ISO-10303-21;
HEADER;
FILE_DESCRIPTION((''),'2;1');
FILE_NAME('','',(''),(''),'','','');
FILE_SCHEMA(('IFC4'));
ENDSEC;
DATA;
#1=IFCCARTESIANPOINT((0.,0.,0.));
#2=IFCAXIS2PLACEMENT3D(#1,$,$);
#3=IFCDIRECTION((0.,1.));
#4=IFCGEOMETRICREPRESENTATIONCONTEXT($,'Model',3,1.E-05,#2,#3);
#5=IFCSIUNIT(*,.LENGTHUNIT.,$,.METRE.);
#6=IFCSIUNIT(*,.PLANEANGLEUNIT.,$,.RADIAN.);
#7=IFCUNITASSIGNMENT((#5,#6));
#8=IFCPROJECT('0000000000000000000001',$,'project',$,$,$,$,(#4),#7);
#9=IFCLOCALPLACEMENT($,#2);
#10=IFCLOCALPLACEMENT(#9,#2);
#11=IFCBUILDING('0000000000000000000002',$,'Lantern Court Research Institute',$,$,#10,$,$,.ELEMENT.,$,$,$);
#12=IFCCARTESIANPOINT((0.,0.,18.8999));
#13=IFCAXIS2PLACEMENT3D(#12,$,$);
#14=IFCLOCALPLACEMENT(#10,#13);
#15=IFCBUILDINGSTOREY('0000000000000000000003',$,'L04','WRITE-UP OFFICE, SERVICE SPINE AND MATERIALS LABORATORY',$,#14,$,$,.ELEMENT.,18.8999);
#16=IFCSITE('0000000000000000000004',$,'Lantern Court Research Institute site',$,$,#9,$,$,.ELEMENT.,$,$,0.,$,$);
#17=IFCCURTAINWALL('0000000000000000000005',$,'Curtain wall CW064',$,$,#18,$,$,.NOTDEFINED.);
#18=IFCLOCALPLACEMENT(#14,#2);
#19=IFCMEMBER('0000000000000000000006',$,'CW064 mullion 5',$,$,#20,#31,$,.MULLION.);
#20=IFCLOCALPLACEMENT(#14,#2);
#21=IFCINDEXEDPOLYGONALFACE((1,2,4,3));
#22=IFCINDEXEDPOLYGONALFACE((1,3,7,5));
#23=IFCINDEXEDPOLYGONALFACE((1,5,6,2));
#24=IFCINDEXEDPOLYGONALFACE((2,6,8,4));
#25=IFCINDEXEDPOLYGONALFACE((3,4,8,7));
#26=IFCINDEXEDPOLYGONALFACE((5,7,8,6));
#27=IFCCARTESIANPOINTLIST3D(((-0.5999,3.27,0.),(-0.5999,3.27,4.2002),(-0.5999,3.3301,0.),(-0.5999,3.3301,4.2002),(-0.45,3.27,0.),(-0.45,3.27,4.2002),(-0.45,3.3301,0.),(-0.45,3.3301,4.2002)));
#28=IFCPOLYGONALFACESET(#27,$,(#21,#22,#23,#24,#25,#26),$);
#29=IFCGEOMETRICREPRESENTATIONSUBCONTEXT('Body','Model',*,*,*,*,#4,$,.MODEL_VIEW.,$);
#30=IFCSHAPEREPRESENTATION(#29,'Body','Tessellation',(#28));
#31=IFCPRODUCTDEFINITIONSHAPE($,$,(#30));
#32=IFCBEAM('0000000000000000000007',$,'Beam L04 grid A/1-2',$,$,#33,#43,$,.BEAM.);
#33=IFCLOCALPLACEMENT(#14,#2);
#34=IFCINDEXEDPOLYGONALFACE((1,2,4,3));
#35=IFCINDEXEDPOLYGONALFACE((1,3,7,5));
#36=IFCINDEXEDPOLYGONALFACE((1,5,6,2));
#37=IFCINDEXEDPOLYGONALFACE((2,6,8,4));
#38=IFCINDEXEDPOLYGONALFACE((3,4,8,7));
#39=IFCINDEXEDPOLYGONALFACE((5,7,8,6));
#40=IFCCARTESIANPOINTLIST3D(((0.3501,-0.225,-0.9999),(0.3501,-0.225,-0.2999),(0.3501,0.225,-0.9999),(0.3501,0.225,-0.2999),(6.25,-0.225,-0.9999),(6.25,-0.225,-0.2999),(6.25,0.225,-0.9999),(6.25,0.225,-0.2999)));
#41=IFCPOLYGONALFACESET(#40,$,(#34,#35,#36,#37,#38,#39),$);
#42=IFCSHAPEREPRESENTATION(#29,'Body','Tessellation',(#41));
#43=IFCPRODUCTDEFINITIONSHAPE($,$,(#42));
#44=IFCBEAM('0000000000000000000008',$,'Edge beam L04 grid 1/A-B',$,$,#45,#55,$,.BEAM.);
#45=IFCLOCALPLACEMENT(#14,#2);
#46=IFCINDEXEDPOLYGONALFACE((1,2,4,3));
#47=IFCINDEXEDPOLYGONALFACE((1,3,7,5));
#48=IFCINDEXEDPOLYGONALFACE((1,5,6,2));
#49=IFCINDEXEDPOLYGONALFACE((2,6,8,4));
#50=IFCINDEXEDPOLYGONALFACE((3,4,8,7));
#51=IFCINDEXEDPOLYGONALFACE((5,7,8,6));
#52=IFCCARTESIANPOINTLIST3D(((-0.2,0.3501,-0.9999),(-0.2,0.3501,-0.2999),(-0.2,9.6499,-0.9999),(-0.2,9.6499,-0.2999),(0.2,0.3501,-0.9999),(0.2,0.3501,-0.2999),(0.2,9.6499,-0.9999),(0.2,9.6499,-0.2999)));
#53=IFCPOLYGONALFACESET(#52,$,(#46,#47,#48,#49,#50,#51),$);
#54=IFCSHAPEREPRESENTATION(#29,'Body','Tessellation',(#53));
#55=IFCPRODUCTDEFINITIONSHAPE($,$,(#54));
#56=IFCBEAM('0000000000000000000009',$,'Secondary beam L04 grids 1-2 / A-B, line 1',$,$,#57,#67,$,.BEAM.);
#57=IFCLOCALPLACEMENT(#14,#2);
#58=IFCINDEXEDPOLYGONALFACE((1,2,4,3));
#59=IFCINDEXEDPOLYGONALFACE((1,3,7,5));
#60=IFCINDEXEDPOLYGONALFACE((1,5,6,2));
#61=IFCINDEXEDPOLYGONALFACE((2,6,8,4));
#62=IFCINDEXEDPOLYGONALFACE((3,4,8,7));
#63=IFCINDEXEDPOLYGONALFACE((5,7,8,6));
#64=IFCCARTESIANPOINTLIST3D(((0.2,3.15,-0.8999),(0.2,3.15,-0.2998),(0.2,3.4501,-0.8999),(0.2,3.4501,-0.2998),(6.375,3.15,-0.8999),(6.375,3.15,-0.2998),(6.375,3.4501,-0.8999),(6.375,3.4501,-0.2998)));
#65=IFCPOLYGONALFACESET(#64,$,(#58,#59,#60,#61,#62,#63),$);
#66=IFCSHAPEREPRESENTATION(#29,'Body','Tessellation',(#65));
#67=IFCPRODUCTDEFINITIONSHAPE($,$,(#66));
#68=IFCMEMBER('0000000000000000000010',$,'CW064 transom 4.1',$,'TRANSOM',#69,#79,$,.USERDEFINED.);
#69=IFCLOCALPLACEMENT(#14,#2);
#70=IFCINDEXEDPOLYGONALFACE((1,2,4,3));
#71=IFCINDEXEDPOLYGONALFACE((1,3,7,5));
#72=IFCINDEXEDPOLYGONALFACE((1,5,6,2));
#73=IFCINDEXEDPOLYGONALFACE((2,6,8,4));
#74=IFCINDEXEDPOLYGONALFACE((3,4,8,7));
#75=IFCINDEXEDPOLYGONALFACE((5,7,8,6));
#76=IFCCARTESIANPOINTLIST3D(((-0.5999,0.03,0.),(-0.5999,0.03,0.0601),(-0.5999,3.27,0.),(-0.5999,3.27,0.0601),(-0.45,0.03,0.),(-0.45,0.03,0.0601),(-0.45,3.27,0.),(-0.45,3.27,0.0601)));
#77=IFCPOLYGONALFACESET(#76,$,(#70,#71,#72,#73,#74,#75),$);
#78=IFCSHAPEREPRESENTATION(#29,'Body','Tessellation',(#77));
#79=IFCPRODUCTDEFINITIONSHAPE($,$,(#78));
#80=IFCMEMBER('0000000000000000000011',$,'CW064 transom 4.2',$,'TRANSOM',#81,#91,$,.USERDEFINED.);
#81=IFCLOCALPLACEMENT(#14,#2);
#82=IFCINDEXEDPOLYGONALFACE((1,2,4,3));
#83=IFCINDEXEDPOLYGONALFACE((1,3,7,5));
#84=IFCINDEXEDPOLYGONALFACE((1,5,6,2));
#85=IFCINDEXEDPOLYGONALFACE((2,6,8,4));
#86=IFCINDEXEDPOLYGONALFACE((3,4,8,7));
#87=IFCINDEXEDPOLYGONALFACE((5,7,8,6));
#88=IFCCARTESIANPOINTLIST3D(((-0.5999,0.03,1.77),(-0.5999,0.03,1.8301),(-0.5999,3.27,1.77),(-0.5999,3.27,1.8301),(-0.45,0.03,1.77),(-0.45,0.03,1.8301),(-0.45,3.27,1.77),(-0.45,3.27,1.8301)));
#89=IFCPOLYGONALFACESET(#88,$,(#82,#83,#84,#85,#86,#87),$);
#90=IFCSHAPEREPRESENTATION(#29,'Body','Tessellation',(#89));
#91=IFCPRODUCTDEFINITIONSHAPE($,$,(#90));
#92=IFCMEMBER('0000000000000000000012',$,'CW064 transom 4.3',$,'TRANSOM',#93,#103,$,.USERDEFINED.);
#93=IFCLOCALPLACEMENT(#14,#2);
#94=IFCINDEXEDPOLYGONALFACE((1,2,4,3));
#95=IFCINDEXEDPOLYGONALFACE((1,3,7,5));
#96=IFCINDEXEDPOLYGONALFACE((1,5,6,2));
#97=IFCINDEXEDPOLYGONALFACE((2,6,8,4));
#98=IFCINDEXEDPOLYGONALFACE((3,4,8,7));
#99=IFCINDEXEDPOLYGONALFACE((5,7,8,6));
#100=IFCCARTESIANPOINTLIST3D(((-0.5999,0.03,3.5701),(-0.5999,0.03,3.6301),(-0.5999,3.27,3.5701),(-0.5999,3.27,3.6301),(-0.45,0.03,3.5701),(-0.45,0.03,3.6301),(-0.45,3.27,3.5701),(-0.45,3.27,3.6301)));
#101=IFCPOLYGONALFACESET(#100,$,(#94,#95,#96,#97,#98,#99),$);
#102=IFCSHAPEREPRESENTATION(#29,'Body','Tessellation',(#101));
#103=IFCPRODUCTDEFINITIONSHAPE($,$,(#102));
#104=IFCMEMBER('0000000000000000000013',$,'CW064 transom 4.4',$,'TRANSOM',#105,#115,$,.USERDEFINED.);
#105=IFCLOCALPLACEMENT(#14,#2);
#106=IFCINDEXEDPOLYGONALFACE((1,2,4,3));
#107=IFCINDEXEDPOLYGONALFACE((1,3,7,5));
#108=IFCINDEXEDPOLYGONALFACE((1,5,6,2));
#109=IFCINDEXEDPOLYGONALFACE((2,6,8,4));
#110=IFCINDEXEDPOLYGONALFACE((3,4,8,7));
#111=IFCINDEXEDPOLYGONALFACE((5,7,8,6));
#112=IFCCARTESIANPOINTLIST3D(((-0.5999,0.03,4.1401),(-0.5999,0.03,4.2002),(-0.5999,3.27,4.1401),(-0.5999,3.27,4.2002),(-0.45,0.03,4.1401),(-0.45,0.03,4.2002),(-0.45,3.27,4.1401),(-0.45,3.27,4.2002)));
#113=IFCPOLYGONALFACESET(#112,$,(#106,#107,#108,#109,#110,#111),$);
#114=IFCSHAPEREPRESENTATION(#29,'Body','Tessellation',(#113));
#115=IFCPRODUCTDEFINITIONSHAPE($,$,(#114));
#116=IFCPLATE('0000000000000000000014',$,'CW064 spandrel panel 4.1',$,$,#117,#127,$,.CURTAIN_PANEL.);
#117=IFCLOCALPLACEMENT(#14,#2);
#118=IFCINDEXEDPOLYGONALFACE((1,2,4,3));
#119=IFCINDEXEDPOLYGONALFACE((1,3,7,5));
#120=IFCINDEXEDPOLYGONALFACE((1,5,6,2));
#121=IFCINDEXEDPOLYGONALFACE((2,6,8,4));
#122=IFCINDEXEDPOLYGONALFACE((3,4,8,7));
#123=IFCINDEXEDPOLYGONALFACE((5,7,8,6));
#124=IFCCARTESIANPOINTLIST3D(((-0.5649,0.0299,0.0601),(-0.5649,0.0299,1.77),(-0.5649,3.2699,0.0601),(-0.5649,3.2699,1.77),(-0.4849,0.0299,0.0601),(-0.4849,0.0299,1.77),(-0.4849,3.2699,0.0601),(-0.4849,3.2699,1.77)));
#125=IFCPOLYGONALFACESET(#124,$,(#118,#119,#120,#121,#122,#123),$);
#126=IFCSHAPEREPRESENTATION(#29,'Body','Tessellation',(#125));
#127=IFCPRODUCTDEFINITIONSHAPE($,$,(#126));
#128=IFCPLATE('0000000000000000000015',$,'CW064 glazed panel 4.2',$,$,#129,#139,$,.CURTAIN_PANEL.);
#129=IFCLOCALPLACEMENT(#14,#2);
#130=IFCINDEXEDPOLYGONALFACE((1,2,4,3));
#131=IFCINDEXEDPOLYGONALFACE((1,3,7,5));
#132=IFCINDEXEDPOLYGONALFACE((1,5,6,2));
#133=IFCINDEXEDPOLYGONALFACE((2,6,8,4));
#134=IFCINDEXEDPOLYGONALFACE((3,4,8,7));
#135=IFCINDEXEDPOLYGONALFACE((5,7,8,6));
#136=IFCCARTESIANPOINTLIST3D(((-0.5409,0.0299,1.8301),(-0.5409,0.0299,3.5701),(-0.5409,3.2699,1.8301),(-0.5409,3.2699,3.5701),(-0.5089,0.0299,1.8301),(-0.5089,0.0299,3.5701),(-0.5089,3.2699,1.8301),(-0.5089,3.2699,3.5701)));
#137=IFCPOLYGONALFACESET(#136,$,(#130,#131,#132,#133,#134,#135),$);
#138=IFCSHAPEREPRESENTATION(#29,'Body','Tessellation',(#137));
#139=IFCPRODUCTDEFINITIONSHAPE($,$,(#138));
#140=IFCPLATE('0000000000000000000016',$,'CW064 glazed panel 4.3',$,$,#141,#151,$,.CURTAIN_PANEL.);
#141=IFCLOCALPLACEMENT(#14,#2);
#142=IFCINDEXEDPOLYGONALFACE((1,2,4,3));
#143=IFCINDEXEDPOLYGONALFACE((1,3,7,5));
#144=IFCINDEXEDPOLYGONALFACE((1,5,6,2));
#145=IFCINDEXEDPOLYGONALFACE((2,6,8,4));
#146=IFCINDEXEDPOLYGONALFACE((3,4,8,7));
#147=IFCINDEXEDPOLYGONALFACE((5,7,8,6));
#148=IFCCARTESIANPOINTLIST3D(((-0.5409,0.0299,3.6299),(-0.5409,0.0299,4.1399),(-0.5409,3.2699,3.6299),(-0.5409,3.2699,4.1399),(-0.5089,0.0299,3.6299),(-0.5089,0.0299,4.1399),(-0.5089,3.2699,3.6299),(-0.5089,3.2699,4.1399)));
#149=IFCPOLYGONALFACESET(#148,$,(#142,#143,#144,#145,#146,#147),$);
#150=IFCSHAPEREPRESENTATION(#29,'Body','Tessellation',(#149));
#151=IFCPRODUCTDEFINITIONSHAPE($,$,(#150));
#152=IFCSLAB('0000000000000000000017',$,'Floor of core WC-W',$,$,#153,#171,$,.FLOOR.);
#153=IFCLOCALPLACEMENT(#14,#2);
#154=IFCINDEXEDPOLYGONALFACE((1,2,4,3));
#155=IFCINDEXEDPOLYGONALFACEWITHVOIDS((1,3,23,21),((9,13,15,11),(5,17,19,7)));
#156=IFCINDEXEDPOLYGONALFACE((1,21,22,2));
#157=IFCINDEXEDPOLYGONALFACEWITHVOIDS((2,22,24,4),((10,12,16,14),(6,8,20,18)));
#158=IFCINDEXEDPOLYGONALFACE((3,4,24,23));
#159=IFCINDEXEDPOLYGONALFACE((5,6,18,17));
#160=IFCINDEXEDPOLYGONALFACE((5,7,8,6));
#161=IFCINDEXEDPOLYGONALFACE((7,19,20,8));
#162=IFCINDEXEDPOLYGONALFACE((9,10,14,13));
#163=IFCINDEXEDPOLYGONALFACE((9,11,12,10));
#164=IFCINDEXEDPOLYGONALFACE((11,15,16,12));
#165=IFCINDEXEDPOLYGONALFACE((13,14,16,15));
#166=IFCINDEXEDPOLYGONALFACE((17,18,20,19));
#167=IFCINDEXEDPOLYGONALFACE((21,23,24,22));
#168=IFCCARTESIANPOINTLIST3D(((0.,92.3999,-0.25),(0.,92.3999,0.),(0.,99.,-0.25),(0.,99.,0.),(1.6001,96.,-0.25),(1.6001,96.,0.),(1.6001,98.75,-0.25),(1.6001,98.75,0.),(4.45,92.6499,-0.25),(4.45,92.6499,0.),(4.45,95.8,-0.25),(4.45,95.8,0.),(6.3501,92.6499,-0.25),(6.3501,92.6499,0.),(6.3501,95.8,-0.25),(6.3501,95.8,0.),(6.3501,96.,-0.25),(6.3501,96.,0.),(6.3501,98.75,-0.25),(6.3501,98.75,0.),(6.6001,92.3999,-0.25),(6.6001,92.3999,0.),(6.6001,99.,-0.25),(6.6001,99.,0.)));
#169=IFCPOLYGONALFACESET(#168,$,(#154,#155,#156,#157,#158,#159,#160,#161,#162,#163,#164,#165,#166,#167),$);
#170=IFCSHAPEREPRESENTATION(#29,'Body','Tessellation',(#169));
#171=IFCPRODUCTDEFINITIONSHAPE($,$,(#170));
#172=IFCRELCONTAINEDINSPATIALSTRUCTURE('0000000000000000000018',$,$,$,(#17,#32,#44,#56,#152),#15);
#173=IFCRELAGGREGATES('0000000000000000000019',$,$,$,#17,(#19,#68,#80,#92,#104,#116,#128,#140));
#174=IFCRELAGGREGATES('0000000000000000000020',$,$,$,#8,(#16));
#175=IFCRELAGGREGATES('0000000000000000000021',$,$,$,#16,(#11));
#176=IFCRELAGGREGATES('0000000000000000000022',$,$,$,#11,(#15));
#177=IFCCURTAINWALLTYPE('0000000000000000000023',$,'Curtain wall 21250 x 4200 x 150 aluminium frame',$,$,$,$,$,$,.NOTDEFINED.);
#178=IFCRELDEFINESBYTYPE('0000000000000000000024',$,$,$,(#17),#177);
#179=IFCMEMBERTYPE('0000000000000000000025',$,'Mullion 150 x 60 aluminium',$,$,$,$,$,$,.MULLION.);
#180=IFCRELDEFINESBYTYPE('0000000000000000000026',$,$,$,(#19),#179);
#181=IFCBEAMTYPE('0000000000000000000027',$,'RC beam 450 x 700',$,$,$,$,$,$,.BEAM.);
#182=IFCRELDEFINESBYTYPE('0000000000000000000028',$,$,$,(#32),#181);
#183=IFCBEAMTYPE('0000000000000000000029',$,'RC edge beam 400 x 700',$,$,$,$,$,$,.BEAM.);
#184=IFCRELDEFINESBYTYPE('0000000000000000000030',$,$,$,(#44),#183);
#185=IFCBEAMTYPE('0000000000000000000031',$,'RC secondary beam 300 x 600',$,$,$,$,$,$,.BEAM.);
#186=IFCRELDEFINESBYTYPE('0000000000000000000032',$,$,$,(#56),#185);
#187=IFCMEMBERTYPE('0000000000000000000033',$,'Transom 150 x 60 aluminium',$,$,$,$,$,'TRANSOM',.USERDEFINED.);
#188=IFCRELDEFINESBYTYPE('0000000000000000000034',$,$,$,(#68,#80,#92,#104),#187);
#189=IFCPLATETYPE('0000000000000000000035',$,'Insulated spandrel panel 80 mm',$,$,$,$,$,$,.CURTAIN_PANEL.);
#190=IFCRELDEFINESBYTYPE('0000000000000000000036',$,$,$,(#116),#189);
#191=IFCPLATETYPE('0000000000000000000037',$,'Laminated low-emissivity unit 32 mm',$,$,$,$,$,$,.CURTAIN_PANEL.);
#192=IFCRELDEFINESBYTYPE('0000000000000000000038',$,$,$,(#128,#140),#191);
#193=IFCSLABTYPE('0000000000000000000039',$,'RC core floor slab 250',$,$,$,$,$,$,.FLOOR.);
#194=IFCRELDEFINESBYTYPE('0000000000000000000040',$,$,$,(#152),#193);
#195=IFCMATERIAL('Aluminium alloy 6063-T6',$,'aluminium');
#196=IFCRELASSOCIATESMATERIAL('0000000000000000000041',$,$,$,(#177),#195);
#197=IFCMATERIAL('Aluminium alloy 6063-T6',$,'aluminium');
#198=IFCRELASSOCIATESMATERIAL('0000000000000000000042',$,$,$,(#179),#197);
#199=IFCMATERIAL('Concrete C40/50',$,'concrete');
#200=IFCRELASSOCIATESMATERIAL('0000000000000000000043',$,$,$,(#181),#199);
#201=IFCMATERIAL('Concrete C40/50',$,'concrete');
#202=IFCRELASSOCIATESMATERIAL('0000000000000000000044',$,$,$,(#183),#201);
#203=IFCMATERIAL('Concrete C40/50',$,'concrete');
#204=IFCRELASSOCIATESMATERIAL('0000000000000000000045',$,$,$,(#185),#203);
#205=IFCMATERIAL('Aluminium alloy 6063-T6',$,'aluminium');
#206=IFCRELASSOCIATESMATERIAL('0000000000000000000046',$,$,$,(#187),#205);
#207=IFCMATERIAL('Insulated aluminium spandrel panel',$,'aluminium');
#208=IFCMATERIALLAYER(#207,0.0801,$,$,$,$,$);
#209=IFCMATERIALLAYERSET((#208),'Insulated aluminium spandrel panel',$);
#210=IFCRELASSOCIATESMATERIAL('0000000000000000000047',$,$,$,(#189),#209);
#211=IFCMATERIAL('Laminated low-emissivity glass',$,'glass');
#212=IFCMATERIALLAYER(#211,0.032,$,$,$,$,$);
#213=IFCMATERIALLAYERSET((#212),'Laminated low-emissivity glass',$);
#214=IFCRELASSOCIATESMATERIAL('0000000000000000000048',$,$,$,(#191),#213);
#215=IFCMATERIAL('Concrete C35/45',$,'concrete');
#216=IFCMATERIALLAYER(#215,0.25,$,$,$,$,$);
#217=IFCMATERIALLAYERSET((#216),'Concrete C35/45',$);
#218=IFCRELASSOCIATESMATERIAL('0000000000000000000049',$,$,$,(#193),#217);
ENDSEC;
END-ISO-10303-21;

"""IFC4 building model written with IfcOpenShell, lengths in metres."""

from ifc_helpers import new_model, si_unit, direction, frame, origin, origin_2d, place, context, subcontext, project, spatial, polyline, rectangle, outline, extrude, material, layer, layer_set, material_profile, profile_set, type_object, element, aggregate, save


model = new_model("IFC4")

# Units and contexts
model_context = context("Model", 3, precision=1e-05, world=origin(), true_north=direction((0.0, 1.0)))
body_context = subcontext(model_context, "Body", "Model", "MODEL_VIEW")
ifc_project = project(units=[si_unit("LENGTHUNIT", "METRE"), si_unit("PLANEANGLEUNIT", "RADIAN")], contexts=[model_context])

# Site, building, storey
site_placement = place(None, origin())
site = spatial("IfcSite", under=ifc_project, at=site_placement, Name="Lantern Court Research Institute site", CompositionType="ELEMENT", RefElevation=0.0)
building_placement = place(site_placement, origin())
building = spatial("IfcBuilding", under=site, at=building_placement, Name="Lantern Court Research Institute", CompositionType="ELEMENT")
storey_placement = place(building_placement, frame((0.0, 0.0, 18.8999)))
storey = spatial("IfcBuildingStorey", under=building, at=storey_placement, Name="L04", Description="WRITE-UP OFFICE, SERVICE SPINE AND MATERIALS LABORATORY", CompositionType="ELEMENT", Elevation=18.8999)

# Curtain wall, member
ifc_material_1 = material(Name="Aluminium alloy 6063-T6", Category="aluminium")
curtain_wall_type = type_object("IfcCurtainWallType", Name="Curtain wall 21250 x 4200 x 150 aluminium frame", PredefinedType="NOTDEFINED", material=ifc_material_1)
curtain_wall_placement = place(storey_placement, origin())
curtain_wall = element("IfcCurtainWall", 1, at=curtain_wall_placement, inside=storey, type_object=curtain_wall_type, Name="Curtain wall CW064", PredefinedType="NOTDEFINED")
ifc_material_2 = material(Name="Aluminium alloy 6063-T6", Category="aluminium")
ifc_material_profile_1 = material_profile(ifc_material_2, rectangle(XDim=0.1499, YDim=0.0601, at=origin_2d()), Name="Mullion 150 x 60")
ifc_profile_set_1 = profile_set([ifc_material_profile_1], Name="Aluminium alloy 6063-T6")
member_type_1 = type_object("IfcMemberType", Name="Mullion 150 x 60 aluminium", PredefinedType="MULLION", material=ifc_profile_set_1)
member_1_placement = place(storey_placement, frame((-0.5249, 3.3, 0.0), z_axis=(0.0, 0.0, 1.0), x_axis=(-1.0, 0.0, 0.0)))
member_1 = element("IfcMember", 2, at=member_1_placement, type_object=member_type_1, Name="CW064 mullion 5", PredefinedType="MULLION", context=body_context, shape_type="SweptSolid", body=[
    extrude(rectangle(XDim=0.1499, YDim=0.0601, at=origin_2d()), origin(), (0.0, 0.0, 1.0), 4.2002),
])

# Beams
ifc_material_3 = material(Name="Concrete C40/50", Category="concrete")
ifc_material_profile_2 = material_profile(ifc_material_3, rectangle(XDim=0.45, YDim=0.7, at=origin_2d()), Name="RC beam 450 x 700")
ifc_profile_set_2 = profile_set([ifc_material_profile_2], Name="Concrete C40/50")
beam_type_1 = type_object("IfcBeamType", Name="RC beam 450 x 700", PredefinedType="BEAM", material=ifc_profile_set_2)
beam_1_placement = place(storey_placement, frame((0.3501, 0.0, -0.6499), z_axis=(1.0, 0.0, 0.0), x_axis=(0.0, 1.0, 0.0)))
element("IfcBeam", 3, at=beam_1_placement, inside=storey, type_object=beam_type_1, Name="Beam L04 grid A/1-2", PredefinedType="BEAM", context=body_context, shape_type="SweptSolid", body=[
    extrude(rectangle(XDim=0.45, YDim=0.7, at=origin_2d()), origin(), (0.0, 0.0, 1.0), 5.8999),
])
ifc_material_4 = material(Name="Concrete C40/50", Category="concrete")
ifc_material_profile_3 = material_profile(ifc_material_4, rectangle(XDim=0.3999, YDim=0.7, at=origin_2d()), Name="RC beam 400 x 700")
ifc_profile_set_3 = profile_set([ifc_material_profile_3], Name="Concrete C40/50")
beam_type_2 = type_object("IfcBeamType", Name="RC edge beam 400 x 700", PredefinedType="BEAM", material=ifc_profile_set_3)
beam_2_placement = place(storey_placement, frame((0.0, 0.3501, -0.6499), z_axis=(0.0, 1.0, 0.0), x_axis=(-1.0, 0.0, 0.0)))
element("IfcBeam", 4, at=beam_2_placement, inside=storey, type_object=beam_type_2, Name="Edge beam L04 grid 1/A-B", PredefinedType="BEAM", context=body_context, shape_type="SweptSolid", body=[
    extrude(rectangle(XDim=0.3999, YDim=0.7, at=origin_2d()), origin(), (0.0, 0.0, 1.0), 9.2998),
])
ifc_material_5 = material(Name="Concrete C40/50", Category="concrete")
ifc_material_profile_4 = material_profile(ifc_material_5, rectangle(XDim=0.3, YDim=0.6001, at=origin_2d()), Name="RC beam 300 x 600")
ifc_profile_set_4 = profile_set([ifc_material_profile_4], Name="Concrete C40/50")
beam_type_3 = type_object("IfcBeamType", Name="RC secondary beam 300 x 600", PredefinedType="BEAM", material=ifc_profile_set_4)
beam_3_placement = place(storey_placement, frame((0.2, 3.3, -0.5999), z_axis=(1.0, 0.0, 0.0), x_axis=(0.0, 1.0, 0.0)))
element("IfcBeam", 5, at=beam_3_placement, inside=storey, type_object=beam_type_3, Name="Secondary beam L04 grids 1-2 / A-B, line 1", PredefinedType="BEAM", context=body_context, shape_type="SweptSolid", body=[
    extrude(rectangle(XDim=0.3, YDim=0.6001, at=origin_2d()), origin(), (0.0, 0.0, 1.0), 6.175),
])

# Members
ifc_material_6 = material(Name="Aluminium alloy 6063-T6", Category="aluminium")
ifc_material_profile_5 = material_profile(ifc_material_6, rectangle(XDim=0.1499, YDim=0.0601, at=origin_2d()), Name="Transom 150 x 60")
ifc_profile_set_5 = profile_set([ifc_material_profile_5], Name="Aluminium alloy 6063-T6")
member_type_2 = type_object("IfcMemberType", Name="Transom 150 x 60 aluminium", ElementType="TRANSOM", PredefinedType="USERDEFINED", material=ifc_profile_set_5)
member_2_placement = place(storey_placement, frame((-0.5249, 0.03, 0.03), z_axis=(0.0, 1.0, 0.0), x_axis=(-1.0, 0.0, 0.0)))
member_2 = element("IfcMember", 6, at=member_2_placement, type_object=member_type_2, Name="CW064 transom 4.1", ObjectType="TRANSOM", PredefinedType="USERDEFINED", context=body_context, shape_type="SweptSolid", body=[
    extrude(rectangle(XDim=0.1499, YDim=0.0601, at=origin_2d()), origin(), (0.0, 0.0, 1.0), 3.24),
])
member_3_placement = place(storey_placement, frame((-0.5249, 0.03, 1.8), z_axis=(0.0, 1.0, 0.0), x_axis=(-1.0, 0.0, 0.0)))
member_3 = element("IfcMember", 7, at=member_3_placement, type_object=member_type_2, Name="CW064 transom 4.2", ObjectType="TRANSOM", PredefinedType="USERDEFINED", context=body_context, shape_type="SweptSolid", body=[
    extrude(rectangle(XDim=0.1499, YDim=0.0601, at=origin_2d()), origin(), (0.0, 0.0, 1.0), 3.24),
])
member_4_placement = place(storey_placement, frame((-0.5249, 0.03, 3.6001), z_axis=(0.0, 1.0, 0.0), x_axis=(-1.0, 0.0, 0.0)))
member_4 = element("IfcMember", 8, at=member_4_placement, type_object=member_type_2, Name="CW064 transom 4.3", ObjectType="TRANSOM", PredefinedType="USERDEFINED", context=body_context, shape_type="SweptSolid", body=[
    extrude(rectangle(XDim=0.1499, YDim=0.0601, at=origin_2d()), origin(), (0.0, 0.0, 1.0), 3.24),
])
member_5_placement = place(storey_placement, frame((-0.5249, 0.03, 4.1702), z_axis=(0.0, 1.0, 0.0), x_axis=(-1.0, 0.0, 0.0)))
member_5 = element("IfcMember", 9, at=member_5_placement, type_object=member_type_2, Name="CW064 transom 4.4", ObjectType="TRANSOM", PredefinedType="USERDEFINED", context=body_context, shape_type="SweptSolid", body=[
    extrude(rectangle(XDim=0.1499, YDim=0.0601, at=origin_2d()), origin(), (0.0, 0.0, 1.0), 3.24),
])

# Plates
ifc_material_7 = material(Name="Insulated aluminium spandrel panel", Category="aluminium")
ifc_layer_1 = layer(ifc_material_7, 0.0801)
ifc_layer_set_1 = layer_set([ifc_layer_1], Name="Insulated aluminium spandrel panel")
plate_type_1 = type_object("IfcPlateType", Name="Insulated spandrel panel 80 mm", PredefinedType="CURTAIN_PANEL", material=ifc_layer_set_1)
plate_1_placement = place(storey_placement, frame((-0.5249, 1.6499, 0.0601), z_axis=(0.0, 0.0, 1.0), x_axis=(0.0, 1.0, 0.0)))
plate_1 = element("IfcPlate", 10, at=plate_1_placement, type_object=plate_type_1, Name="CW064 spandrel panel 4.1", PredefinedType="CURTAIN_PANEL", context=body_context, shape_type="SweptSolid", body=[
    extrude(rectangle(XDim=3.24, YDim=0.0801, at=origin_2d()), origin(), (0.0, 0.0, 1.0), 1.71),
])
ifc_material_8 = material(Name="Laminated low-emissivity glass", Category="glass")
ifc_layer_2 = layer(ifc_material_8, 0.032)
ifc_layer_set_2 = layer_set([ifc_layer_2], Name="Laminated low-emissivity glass")
plate_type_2 = type_object("IfcPlateType", Name="Laminated low-emissivity unit 32 mm", PredefinedType="CURTAIN_PANEL", material=ifc_layer_set_2)
plate_2_placement = place(storey_placement, frame((-0.5249, 1.6499, 1.8301), z_axis=(0.0, 0.0, 1.0), x_axis=(0.0, 1.0, 0.0)))
plate_2 = element("IfcPlate", 11, at=plate_2_placement, type_object=plate_type_2, Name="CW064 glazed panel 4.2", PredefinedType="CURTAIN_PANEL", context=body_context, shape_type="SweptSolid", body=[
    extrude(rectangle(XDim=3.24, YDim=0.032, at=origin_2d()), origin(), (0.0, 0.0, 1.0), 1.74),
])
plate_3_placement = place(storey_placement, frame((-0.5249, 1.6499, 3.6299), z_axis=(0.0, 0.0, 1.0), x_axis=(0.0, 1.0, 0.0)))
plate_3 = element("IfcPlate", 12, at=plate_3_placement, type_object=plate_type_2, Name="CW064 glazed panel 4.3", PredefinedType="CURTAIN_PANEL", context=body_context, shape_type="SweptSolid", body=[
    extrude(rectangle(XDim=3.24, YDim=0.032, at=origin_2d()), origin(), (0.0, 0.0, 1.0), 0.51),
])
aggregate(curtain_wall, [member_1, member_2, member_3, member_4, member_5, plate_1, plate_2, plate_3])

# Slab
ifc_material_9 = material(Name="Concrete C35/45", Category="concrete")
ifc_layer_3 = layer(ifc_material_9, 0.25)
ifc_layer_set_3 = layer_set([ifc_layer_3], Name="Concrete C35/45")
slab_type_1 = type_object("IfcSlabType", Name="RC core floor slab 250", PredefinedType="FLOOR", material=ifc_layer_set_3)
slab_1_placement = place(storey_placement, frame((0.0, 0.0, -0.25)))
element("IfcSlab", 13, at=slab_1_placement, inside=storey, type_object=slab_type_1, Name="Floor of core WC-W", PredefinedType="FLOOR", context=body_context, shape_type="SweptSolid", body=[
    extrude(outline(polyline([(0.0, 92.3999), (6.6001, 92.3999), (6.6001, 99.0), (0.0, 99.0), (0.0, 92.3999)]), holes=[polyline([(1.6001, 96.0), (6.3501, 96.0), (6.3501, 98.75), (1.6001, 98.75), (1.6001, 96.0)]), polyline([(4.45, 92.6499), (4.45, 95.8), (6.3501, 95.8), (6.3501, 92.6499), (4.45, 92.6499)])]), origin(), (0.0, 0.0, 1.0), 0.25),
])

save(model, "model.ifc")
